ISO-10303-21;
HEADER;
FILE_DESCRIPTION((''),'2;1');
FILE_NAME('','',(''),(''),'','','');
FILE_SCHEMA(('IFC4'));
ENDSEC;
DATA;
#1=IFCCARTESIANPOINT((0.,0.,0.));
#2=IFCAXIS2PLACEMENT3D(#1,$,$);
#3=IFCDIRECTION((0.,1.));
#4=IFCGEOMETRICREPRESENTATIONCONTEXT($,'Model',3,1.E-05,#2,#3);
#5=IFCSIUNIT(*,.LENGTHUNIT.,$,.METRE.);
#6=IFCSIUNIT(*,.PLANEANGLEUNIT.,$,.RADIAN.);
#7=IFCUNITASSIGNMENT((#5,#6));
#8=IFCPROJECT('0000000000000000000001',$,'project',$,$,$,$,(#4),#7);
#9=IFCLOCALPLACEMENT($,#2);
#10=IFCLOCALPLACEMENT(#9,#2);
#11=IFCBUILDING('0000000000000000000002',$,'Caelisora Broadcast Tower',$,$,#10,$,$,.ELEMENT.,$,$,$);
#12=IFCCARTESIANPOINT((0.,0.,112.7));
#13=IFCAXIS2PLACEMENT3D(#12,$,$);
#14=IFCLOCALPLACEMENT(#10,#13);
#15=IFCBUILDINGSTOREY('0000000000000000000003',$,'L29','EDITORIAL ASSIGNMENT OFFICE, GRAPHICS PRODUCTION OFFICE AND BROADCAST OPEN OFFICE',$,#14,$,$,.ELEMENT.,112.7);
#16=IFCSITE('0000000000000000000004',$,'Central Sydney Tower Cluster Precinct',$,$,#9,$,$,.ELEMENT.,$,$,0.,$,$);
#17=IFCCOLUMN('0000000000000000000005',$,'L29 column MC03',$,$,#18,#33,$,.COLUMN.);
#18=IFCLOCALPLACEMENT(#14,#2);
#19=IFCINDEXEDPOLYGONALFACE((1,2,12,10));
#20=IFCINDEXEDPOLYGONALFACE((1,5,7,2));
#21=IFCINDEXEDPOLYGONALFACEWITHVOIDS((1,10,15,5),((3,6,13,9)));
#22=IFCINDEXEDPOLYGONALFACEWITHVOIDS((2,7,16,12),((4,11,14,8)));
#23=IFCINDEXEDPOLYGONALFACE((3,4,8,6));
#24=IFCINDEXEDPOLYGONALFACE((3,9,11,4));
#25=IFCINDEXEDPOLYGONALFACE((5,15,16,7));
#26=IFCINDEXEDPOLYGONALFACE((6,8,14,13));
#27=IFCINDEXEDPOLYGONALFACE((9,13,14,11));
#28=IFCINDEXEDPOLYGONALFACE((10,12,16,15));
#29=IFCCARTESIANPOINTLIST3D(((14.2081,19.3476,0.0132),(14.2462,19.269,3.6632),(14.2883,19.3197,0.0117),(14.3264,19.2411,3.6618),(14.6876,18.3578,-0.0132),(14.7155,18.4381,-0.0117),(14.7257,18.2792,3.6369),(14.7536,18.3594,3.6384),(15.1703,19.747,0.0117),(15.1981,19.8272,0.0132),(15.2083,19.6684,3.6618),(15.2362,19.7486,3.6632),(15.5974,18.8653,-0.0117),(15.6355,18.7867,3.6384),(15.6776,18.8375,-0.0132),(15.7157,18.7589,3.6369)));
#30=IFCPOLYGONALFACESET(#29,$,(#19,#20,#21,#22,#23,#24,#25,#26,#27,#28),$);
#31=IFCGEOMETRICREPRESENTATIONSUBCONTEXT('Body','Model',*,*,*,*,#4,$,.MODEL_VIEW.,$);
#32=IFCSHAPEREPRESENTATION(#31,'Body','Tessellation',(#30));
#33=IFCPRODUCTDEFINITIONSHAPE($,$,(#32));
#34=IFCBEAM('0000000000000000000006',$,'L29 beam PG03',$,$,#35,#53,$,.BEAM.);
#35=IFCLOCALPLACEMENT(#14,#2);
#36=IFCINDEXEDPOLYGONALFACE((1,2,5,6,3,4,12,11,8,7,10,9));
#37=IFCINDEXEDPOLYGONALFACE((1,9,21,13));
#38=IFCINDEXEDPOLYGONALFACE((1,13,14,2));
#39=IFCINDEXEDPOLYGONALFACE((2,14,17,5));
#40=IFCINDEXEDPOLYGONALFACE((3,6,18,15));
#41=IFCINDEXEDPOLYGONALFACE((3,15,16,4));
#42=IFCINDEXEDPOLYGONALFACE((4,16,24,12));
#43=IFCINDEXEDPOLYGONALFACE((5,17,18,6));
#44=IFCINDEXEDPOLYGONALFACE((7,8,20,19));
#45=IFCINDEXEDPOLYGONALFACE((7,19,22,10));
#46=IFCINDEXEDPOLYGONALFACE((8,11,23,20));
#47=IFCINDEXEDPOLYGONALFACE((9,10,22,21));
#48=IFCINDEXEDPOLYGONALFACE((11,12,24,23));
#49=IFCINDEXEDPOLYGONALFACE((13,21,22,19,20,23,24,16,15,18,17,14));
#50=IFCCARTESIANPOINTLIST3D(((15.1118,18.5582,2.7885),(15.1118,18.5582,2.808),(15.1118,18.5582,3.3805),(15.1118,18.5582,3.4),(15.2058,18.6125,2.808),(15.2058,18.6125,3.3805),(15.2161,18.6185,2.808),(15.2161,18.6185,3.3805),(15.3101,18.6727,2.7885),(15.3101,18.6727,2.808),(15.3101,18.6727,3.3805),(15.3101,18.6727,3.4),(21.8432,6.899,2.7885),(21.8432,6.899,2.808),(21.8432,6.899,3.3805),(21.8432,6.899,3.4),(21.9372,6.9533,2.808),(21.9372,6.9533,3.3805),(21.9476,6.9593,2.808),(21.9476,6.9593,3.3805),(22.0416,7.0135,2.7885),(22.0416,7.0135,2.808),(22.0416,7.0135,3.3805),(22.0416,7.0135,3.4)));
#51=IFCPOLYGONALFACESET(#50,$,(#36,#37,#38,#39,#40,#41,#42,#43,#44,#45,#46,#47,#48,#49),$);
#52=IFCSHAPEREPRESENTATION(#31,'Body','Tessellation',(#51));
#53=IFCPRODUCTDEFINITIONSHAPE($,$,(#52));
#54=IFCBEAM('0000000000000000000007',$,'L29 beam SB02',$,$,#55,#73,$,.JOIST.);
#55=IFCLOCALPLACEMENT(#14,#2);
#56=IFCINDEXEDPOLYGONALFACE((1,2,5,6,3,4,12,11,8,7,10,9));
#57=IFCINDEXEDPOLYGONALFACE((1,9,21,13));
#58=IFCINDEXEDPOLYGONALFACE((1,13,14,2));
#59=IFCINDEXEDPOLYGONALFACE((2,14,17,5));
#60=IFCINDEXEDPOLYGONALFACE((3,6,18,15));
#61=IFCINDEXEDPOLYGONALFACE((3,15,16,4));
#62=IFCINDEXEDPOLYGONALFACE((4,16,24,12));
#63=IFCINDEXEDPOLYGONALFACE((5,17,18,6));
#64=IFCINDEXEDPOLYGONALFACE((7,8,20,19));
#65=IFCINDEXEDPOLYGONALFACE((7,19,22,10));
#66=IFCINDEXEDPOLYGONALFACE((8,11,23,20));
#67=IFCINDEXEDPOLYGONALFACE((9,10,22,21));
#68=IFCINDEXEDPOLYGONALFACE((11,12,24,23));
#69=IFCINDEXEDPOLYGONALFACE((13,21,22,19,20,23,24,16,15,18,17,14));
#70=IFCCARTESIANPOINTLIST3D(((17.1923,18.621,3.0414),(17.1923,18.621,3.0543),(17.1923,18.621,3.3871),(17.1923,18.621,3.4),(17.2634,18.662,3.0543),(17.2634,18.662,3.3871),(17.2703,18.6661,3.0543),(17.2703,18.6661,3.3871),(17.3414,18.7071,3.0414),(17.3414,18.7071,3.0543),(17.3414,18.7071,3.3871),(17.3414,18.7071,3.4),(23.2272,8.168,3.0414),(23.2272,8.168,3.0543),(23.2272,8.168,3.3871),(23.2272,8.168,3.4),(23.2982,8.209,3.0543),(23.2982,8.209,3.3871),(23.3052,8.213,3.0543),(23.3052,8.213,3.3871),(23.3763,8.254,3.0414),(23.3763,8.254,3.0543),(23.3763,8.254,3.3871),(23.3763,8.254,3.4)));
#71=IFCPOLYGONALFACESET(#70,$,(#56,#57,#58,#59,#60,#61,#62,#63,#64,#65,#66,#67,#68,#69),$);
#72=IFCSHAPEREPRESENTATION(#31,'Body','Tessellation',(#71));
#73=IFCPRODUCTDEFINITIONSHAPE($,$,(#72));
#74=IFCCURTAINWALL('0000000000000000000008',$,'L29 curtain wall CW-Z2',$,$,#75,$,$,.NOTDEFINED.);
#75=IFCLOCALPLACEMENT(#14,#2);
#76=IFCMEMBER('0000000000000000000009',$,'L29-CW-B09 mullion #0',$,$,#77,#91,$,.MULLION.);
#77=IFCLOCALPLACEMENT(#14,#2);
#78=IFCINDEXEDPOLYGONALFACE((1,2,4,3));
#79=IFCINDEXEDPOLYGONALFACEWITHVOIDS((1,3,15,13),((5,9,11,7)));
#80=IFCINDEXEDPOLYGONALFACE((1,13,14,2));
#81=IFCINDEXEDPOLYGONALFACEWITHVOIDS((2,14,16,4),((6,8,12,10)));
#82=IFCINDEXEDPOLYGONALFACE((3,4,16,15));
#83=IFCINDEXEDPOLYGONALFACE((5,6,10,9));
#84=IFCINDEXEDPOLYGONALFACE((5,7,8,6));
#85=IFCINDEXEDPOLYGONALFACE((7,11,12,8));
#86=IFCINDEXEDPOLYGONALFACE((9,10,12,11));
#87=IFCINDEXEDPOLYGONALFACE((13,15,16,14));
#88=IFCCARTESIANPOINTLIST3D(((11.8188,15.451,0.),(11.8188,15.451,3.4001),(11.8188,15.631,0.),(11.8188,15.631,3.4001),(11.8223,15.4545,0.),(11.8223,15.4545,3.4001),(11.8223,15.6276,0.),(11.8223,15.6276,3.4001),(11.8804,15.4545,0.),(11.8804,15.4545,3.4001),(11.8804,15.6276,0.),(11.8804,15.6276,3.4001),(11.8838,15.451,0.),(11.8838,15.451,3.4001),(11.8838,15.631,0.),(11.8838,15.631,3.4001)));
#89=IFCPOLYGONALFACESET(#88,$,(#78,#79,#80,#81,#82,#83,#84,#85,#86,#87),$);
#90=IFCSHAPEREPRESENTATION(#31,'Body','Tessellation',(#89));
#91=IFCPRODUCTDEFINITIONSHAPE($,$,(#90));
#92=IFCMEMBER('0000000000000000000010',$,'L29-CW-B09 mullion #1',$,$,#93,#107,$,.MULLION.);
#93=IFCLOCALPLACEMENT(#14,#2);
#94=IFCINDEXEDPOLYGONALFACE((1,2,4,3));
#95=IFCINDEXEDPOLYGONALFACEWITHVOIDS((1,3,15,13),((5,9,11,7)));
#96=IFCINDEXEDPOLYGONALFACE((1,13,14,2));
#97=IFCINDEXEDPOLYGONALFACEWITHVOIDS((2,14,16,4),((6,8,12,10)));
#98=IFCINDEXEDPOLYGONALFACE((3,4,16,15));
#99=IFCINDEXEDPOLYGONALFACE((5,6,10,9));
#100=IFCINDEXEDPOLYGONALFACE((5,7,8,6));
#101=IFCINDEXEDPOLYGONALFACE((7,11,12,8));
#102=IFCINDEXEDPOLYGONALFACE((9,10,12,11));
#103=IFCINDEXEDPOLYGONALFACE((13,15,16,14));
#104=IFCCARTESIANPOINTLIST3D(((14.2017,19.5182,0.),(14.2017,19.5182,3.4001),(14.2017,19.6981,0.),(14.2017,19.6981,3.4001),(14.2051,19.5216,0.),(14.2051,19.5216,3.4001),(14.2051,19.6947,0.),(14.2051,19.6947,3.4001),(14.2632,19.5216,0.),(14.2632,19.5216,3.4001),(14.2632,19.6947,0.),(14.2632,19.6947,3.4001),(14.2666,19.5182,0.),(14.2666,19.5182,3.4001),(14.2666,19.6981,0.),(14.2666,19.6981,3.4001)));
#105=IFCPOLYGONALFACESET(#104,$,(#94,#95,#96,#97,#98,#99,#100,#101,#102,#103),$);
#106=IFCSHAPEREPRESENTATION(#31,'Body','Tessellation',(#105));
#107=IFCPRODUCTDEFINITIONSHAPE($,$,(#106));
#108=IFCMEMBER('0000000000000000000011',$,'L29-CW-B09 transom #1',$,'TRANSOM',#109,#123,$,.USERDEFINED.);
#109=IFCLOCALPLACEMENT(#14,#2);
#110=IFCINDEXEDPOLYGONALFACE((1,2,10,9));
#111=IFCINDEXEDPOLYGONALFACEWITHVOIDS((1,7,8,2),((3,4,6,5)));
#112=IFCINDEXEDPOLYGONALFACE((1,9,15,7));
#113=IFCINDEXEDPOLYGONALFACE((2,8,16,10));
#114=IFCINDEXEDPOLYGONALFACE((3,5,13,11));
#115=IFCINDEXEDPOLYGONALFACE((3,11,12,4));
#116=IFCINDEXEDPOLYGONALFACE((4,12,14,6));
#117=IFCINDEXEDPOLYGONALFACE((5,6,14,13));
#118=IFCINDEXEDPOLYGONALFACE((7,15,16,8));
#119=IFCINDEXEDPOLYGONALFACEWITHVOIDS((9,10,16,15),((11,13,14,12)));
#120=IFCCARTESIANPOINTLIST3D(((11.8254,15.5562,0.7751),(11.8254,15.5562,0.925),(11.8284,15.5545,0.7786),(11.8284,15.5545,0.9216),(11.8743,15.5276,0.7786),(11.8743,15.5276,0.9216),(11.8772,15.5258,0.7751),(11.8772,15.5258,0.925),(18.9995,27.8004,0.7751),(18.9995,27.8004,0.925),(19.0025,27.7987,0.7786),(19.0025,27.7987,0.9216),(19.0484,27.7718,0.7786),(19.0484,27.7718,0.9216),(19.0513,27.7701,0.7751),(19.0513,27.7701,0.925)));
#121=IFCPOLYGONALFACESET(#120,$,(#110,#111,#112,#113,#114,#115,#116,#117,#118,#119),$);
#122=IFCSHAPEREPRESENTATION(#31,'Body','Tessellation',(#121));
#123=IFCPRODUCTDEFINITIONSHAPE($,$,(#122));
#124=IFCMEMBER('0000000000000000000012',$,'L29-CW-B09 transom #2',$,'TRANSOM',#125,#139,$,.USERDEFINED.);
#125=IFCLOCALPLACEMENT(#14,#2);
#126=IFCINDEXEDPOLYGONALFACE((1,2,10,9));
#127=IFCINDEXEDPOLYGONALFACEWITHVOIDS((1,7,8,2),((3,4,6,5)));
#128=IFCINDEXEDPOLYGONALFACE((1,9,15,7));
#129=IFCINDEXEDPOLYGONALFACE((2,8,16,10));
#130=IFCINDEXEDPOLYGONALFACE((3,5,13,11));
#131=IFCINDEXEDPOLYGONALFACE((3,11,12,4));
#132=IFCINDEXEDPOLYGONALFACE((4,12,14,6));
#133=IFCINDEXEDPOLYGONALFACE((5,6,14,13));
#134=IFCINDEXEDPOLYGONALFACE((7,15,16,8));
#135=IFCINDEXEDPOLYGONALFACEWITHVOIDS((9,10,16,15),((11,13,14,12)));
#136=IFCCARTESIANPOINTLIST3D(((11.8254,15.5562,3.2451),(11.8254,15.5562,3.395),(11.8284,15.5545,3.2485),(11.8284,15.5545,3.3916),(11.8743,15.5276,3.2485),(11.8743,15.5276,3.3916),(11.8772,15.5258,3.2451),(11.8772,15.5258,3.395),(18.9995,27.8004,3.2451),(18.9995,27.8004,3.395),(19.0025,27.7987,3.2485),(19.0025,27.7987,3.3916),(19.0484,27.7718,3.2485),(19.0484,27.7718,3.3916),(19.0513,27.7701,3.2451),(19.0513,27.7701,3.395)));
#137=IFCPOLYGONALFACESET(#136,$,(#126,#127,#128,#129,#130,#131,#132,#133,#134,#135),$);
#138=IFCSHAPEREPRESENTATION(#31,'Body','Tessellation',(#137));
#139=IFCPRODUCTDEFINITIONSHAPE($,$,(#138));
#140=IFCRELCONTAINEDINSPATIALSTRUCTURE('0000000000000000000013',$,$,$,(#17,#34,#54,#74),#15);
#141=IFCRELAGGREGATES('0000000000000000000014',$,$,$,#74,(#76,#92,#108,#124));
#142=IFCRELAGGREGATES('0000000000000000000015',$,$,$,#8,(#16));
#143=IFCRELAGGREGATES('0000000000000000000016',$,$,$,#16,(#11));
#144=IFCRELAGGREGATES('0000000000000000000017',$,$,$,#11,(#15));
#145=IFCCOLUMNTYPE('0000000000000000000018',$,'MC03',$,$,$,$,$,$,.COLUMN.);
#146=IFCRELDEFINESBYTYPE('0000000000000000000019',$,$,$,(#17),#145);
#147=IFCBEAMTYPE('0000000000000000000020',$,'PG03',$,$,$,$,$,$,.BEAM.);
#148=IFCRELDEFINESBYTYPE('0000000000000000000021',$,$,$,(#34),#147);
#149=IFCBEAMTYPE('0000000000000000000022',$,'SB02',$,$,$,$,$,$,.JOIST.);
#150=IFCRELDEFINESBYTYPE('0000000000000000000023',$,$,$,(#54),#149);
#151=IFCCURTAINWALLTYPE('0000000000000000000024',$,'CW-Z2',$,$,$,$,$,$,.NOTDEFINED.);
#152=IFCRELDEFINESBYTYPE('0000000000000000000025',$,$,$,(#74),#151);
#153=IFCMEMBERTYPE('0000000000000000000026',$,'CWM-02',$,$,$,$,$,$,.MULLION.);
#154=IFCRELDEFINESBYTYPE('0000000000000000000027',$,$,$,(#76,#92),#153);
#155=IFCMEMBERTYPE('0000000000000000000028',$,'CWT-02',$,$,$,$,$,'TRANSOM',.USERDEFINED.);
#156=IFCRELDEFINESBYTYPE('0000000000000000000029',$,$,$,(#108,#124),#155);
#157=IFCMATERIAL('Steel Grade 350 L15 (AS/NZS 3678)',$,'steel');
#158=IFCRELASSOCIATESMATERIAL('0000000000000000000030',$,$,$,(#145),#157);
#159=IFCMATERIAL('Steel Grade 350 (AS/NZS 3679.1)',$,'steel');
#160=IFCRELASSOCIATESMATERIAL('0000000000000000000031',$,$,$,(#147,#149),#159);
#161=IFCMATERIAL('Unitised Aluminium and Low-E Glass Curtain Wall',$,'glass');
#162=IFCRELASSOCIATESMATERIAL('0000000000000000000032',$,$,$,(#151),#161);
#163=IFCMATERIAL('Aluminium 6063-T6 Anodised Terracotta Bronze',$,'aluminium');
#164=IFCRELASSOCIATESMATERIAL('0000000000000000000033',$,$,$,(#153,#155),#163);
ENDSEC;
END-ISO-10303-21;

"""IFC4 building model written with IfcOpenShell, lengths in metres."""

from ifc_helpers import new_model, si_unit, direction, frame, origin, origin_2d, place, context, subcontext, project, spatial, hollow_rectangle, i_section, extrude, source, transform, mapped, material, material_profile, profile_set, type_object, type_shapes, element, aggregate, save


model = new_model("IFC4")

# Units and contexts
model_context = context("Model", 3, precision=1e-05, world=origin(), true_north=direction((0.0, 1.0)))
body_context = subcontext(model_context, "Body", "Model", "MODEL_VIEW")
ifc_project = project(units=[si_unit("LENGTHUNIT", "METRE"), si_unit("PLANEANGLEUNIT", "RADIAN")], contexts=[model_context])

# Site, building, storey
site_placement = place(None, origin())
site = spatial("IfcSite", under=ifc_project, at=site_placement, Name="Central Sydney Tower Cluster Precinct", CompositionType="ELEMENT", RefElevation=0.0)
building_placement = place(site_placement, origin())
building = spatial("IfcBuilding", under=site, at=building_placement, Name="Caelisora Broadcast Tower", CompositionType="ELEMENT")
storey_placement = place(building_placement, frame((0.0, 0.0, 112.7)))
storey = spatial("IfcBuildingStorey", under=building, at=storey_placement, Name="L29", Description="EDITORIAL ASSIGNMENT OFFICE, GRAPHICS PRODUCTION OFFICE AND BROADCAST OPEN OFFICE", CompositionType="ELEMENT", Elevation=112.7)

# Column
ifc_material_1 = material(Name="Steel Grade 350 L15 (AS/NZS 3678)", Category="steel")
ifc_material_profile_1 = material_profile(ifc_material_1, hollow_rectangle(XDim=1.1001, YDim=1.1001, WallThickness=0.0601, at=origin_2d()), Name="Steel Grade 350 L15 (AS/NZS 3678)")
ifc_profile_set_1 = profile_set([ifc_material_profile_1], Name="Steel Grade 350 L15 (AS/NZS 3678)")
column_type = type_object("IfcColumnType", Name="MC03", PredefinedType="COLUMN", material=ifc_profile_set_1)
shared_shape_1 = source(origin(), body_context, "Body", "SweptSolid", [
    extrude(hollow_rectangle(XDim=1.1001, YDim=1.1001, WallThickness=0.0601, at=origin_2d()), origin(), (0.0, 0.0, 1.0), 3.6511),
])
type_shapes(column_type, [shared_shape_1])
column_placement = place(storey_placement, frame((14.9429, 19.0925, 0.0), z_axis=(0.010431, -0.021531, 0.999714), x_axis=(0.899947, 0.435999, 0.0)))
element("IfcColumn", 1, at=column_placement, inside=storey, type_object=column_type, Name="L29 column MC03", PredefinedType="COLUMN", context=body_context, shape_type="MappedRepresentation", body=[
    mapped(shared_shape_1, transform((0.0, 0.0, 0.0), scale=1.0)),
])

# Beams
ifc_material_2 = material(Name="Steel Grade 350 (AS/NZS 3679.1)", Category="steel")
ifc_material_profile_2 = material_profile(ifc_material_2, i_section(OverallWidth=0.229, OverallDepth=0.6116, WebThickness=0.012, FlangeThickness=0.0195, at=origin_2d()), Name="Steel Grade 350 (AS/NZS 3679.1)")
ifc_profile_set_2 = profile_set([ifc_material_profile_2], Name="Steel Grade 350 (AS/NZS 3679.1)")
beam_type_1 = type_object("IfcBeamType", Name="PG03", PredefinedType="BEAM", material=ifc_profile_set_2)
shared_shape_2 = source(origin(), body_context, "Body", "SweptSolid", [
    extrude(i_section(OverallWidth=0.229, OverallDepth=0.6116, WebThickness=0.012, FlangeThickness=0.0195, at=origin_2d()), origin(), (0.0, 0.0, 1.0), 13.4629),
])
type_shapes(beam_type_1, [shared_shape_2])
beam_1_placement = place(storey_placement, frame((15.2109, 18.6155, 3.0942), z_axis=(0.500001, -0.866025, 0.0), x_axis=(0.866025, 0.500001, 0.0)))
element("IfcBeam", 2, at=beam_1_placement, inside=storey, type_object=beam_type_1, Name="L29 beam PG03", PredefinedType="BEAM", context=body_context, shape_type="MappedRepresentation", body=[
    mapped(shared_shape_2, transform((0.0, 0.0, 0.0), scale=1.0)),
])
ifc_material_profile_3 = material_profile(ifc_material_2, i_section(OverallWidth=0.1721, OverallDepth=0.3586, WebThickness=0.0081, FlangeThickness=0.0129, at=origin_2d()), Name="Steel Grade 350 (AS/NZS 3679.1)")
ifc_profile_set_3 = profile_set([ifc_material_profile_3], Name="Steel Grade 350 (AS/NZS 3679.1)")
beam_type_2 = type_object("IfcBeamType", Name="SB02", PredefinedType="JOIST", material=ifc_profile_set_3)
shared_shape_3 = source(origin(), body_context, "Body", "SweptSolid", [
    extrude(i_section(OverallWidth=0.1721, OverallDepth=0.3586, WebThickness=0.0081, FlangeThickness=0.0129, at=origin_2d()), origin(), (0.0, 0.0, 1.0), 12.0701),
])
type_shapes(beam_type_2, [shared_shape_3])
beam_2_placement = place(storey_placement, frame((17.2668, 18.6641, 3.2207), z_axis=(0.499987, -0.866033, 0.0), x_axis=(0.866033, 0.499987, 0.0)))
element("IfcBeam", 3, at=beam_2_placement, inside=storey, type_object=beam_type_2, Name="L29 beam SB02", PredefinedType="JOIST", context=body_context, shape_type="MappedRepresentation", body=[
    mapped(shared_shape_3, transform((0.0, 0.0, 0.0), scale=1.0)),
])

# Curtain wall, members
ifc_material_3 = material(Name="Unitised Aluminium and Low-E Glass Curtain Wall", Category="glass")
curtain_wall_type = type_object("IfcCurtainWallType", Name="CW-Z2", PredefinedType="NOTDEFINED", material=ifc_material_3)
curtain_wall_placement = place(storey_placement, origin())
curtain_wall = element("IfcCurtainWall", 4, at=curtain_wall_placement, inside=storey, type_object=curtain_wall_type, Name="L29 curtain wall CW-Z2", PredefinedType="NOTDEFINED")
ifc_material_4 = material(Name="Aluminium 6063-T6 Anodised Terracotta Bronze", Category="aluminium")
ifc_material_profile_4 = material_profile(ifc_material_4, hollow_rectangle(XDim=0.0649, YDim=0.1799, WallThickness=0.0034, at=origin_2d()), Name="Aluminium 6063-T6 Anodised Terracotta Bronze")
ifc_profile_set_4 = profile_set([ifc_material_profile_4], Name="Aluminium 6063-T6 Anodised Terracotta Bronze")
member_type_1 = type_object("IfcMemberType", Name="CWM-02", PredefinedType="MULLION", material=ifc_profile_set_4)
shared_shape_4 = source(origin(), body_context, "Body", "SweptSolid", [
    extrude(hollow_rectangle(XDim=0.0649, YDim=0.1799, WallThickness=0.0034, at=origin_2d()), origin(), (0.0, 0.0, 1.0), 3.4001),
])
type_shapes(member_type_1, [shared_shape_4])
member_1_placement = place(storey_placement, frame((11.8513, 15.541, 0.0), z_axis=(0.0, 0.0, 1.0), x_axis=(1.0, 0.0, 0.0)))
member_1 = element("IfcMember", 5, at=member_1_placement, type_object=member_type_1, Name="L29-CW-B09 mullion #0", PredefinedType="MULLION", context=body_context, shape_type="MappedRepresentation", body=[
    mapped(shared_shape_4, transform((0.0, 0.0, 0.0), scale=1.0)),
])
member_2_placement = place(storey_placement, frame((14.2341, 19.6082, 0.0), z_axis=(0.0, 0.0, 1.0), x_axis=(1.0, 0.0, 0.0)))
member_2 = element("IfcMember", 6, at=member_2_placement, type_object=member_type_1, Name="L29-CW-B09 mullion #1", PredefinedType="MULLION", context=body_context, shape_type="MappedRepresentation", body=[
    mapped(shared_shape_4, transform((0.0, 0.0, 0.0), scale=1.0)),
])
ifc_material_profile_5 = material_profile(ifc_material_4, hollow_rectangle(XDim=0.0601, YDim=0.1499, WallThickness=0.0034, at=origin_2d()), Name="Aluminium 6063-T6 Anodised Terracotta Bronze")
ifc_profile_set_5 = profile_set([ifc_material_profile_5], Name="Aluminium 6063-T6 Anodised Terracotta Bronze")
member_type_2 = type_object("IfcMemberType", Name="CWT-02", ElementType="TRANSOM", PredefinedType="USERDEFINED", material=ifc_profile_set_5)
shared_shape_5 = source(origin(), body_context, "Body", "SweptSolid", [
    extrude(hollow_rectangle(XDim=0.0601, YDim=0.1499, WallThickness=0.0034, at=origin_2d()), origin(), (0.0, 0.0, 1.0), 14.1912),
])
type_shapes(member_type_2, [shared_shape_5])
member_3_placement = place(storey_placement, frame((11.8513, 15.541, 0.8501), z_axis=(0.505534, 0.862806, 0.0), x_axis=(-0.862806, 0.505534, 0.0)))
member_3 = element("IfcMember", 7, at=member_3_placement, type_object=member_type_2, Name="L29-CW-B09 transom #1", ObjectType="TRANSOM", PredefinedType="USERDEFINED", context=body_context, shape_type="MappedRepresentation", body=[
    mapped(shared_shape_5, transform((0.0, 0.0, 0.0), scale=1.0)),
])
member_4_placement = place(storey_placement, frame((11.8513, 15.541, 3.3201), z_axis=(0.505534, 0.862806, 0.0), x_axis=(-0.862806, 0.505534, 0.0)))
member_4 = element("IfcMember", 8, at=member_4_placement, type_object=member_type_2, Name="L29-CW-B09 transom #2", ObjectType="TRANSOM", PredefinedType="USERDEFINED", context=body_context, shape_type="MappedRepresentation", body=[
    mapped(shared_shape_5, transform((0.0, 0.0, 0.0), scale=1.0)),
])

aggregate(curtain_wall, [member_1, member_2, member_3, member_4])

save(model, "model.ifc")
